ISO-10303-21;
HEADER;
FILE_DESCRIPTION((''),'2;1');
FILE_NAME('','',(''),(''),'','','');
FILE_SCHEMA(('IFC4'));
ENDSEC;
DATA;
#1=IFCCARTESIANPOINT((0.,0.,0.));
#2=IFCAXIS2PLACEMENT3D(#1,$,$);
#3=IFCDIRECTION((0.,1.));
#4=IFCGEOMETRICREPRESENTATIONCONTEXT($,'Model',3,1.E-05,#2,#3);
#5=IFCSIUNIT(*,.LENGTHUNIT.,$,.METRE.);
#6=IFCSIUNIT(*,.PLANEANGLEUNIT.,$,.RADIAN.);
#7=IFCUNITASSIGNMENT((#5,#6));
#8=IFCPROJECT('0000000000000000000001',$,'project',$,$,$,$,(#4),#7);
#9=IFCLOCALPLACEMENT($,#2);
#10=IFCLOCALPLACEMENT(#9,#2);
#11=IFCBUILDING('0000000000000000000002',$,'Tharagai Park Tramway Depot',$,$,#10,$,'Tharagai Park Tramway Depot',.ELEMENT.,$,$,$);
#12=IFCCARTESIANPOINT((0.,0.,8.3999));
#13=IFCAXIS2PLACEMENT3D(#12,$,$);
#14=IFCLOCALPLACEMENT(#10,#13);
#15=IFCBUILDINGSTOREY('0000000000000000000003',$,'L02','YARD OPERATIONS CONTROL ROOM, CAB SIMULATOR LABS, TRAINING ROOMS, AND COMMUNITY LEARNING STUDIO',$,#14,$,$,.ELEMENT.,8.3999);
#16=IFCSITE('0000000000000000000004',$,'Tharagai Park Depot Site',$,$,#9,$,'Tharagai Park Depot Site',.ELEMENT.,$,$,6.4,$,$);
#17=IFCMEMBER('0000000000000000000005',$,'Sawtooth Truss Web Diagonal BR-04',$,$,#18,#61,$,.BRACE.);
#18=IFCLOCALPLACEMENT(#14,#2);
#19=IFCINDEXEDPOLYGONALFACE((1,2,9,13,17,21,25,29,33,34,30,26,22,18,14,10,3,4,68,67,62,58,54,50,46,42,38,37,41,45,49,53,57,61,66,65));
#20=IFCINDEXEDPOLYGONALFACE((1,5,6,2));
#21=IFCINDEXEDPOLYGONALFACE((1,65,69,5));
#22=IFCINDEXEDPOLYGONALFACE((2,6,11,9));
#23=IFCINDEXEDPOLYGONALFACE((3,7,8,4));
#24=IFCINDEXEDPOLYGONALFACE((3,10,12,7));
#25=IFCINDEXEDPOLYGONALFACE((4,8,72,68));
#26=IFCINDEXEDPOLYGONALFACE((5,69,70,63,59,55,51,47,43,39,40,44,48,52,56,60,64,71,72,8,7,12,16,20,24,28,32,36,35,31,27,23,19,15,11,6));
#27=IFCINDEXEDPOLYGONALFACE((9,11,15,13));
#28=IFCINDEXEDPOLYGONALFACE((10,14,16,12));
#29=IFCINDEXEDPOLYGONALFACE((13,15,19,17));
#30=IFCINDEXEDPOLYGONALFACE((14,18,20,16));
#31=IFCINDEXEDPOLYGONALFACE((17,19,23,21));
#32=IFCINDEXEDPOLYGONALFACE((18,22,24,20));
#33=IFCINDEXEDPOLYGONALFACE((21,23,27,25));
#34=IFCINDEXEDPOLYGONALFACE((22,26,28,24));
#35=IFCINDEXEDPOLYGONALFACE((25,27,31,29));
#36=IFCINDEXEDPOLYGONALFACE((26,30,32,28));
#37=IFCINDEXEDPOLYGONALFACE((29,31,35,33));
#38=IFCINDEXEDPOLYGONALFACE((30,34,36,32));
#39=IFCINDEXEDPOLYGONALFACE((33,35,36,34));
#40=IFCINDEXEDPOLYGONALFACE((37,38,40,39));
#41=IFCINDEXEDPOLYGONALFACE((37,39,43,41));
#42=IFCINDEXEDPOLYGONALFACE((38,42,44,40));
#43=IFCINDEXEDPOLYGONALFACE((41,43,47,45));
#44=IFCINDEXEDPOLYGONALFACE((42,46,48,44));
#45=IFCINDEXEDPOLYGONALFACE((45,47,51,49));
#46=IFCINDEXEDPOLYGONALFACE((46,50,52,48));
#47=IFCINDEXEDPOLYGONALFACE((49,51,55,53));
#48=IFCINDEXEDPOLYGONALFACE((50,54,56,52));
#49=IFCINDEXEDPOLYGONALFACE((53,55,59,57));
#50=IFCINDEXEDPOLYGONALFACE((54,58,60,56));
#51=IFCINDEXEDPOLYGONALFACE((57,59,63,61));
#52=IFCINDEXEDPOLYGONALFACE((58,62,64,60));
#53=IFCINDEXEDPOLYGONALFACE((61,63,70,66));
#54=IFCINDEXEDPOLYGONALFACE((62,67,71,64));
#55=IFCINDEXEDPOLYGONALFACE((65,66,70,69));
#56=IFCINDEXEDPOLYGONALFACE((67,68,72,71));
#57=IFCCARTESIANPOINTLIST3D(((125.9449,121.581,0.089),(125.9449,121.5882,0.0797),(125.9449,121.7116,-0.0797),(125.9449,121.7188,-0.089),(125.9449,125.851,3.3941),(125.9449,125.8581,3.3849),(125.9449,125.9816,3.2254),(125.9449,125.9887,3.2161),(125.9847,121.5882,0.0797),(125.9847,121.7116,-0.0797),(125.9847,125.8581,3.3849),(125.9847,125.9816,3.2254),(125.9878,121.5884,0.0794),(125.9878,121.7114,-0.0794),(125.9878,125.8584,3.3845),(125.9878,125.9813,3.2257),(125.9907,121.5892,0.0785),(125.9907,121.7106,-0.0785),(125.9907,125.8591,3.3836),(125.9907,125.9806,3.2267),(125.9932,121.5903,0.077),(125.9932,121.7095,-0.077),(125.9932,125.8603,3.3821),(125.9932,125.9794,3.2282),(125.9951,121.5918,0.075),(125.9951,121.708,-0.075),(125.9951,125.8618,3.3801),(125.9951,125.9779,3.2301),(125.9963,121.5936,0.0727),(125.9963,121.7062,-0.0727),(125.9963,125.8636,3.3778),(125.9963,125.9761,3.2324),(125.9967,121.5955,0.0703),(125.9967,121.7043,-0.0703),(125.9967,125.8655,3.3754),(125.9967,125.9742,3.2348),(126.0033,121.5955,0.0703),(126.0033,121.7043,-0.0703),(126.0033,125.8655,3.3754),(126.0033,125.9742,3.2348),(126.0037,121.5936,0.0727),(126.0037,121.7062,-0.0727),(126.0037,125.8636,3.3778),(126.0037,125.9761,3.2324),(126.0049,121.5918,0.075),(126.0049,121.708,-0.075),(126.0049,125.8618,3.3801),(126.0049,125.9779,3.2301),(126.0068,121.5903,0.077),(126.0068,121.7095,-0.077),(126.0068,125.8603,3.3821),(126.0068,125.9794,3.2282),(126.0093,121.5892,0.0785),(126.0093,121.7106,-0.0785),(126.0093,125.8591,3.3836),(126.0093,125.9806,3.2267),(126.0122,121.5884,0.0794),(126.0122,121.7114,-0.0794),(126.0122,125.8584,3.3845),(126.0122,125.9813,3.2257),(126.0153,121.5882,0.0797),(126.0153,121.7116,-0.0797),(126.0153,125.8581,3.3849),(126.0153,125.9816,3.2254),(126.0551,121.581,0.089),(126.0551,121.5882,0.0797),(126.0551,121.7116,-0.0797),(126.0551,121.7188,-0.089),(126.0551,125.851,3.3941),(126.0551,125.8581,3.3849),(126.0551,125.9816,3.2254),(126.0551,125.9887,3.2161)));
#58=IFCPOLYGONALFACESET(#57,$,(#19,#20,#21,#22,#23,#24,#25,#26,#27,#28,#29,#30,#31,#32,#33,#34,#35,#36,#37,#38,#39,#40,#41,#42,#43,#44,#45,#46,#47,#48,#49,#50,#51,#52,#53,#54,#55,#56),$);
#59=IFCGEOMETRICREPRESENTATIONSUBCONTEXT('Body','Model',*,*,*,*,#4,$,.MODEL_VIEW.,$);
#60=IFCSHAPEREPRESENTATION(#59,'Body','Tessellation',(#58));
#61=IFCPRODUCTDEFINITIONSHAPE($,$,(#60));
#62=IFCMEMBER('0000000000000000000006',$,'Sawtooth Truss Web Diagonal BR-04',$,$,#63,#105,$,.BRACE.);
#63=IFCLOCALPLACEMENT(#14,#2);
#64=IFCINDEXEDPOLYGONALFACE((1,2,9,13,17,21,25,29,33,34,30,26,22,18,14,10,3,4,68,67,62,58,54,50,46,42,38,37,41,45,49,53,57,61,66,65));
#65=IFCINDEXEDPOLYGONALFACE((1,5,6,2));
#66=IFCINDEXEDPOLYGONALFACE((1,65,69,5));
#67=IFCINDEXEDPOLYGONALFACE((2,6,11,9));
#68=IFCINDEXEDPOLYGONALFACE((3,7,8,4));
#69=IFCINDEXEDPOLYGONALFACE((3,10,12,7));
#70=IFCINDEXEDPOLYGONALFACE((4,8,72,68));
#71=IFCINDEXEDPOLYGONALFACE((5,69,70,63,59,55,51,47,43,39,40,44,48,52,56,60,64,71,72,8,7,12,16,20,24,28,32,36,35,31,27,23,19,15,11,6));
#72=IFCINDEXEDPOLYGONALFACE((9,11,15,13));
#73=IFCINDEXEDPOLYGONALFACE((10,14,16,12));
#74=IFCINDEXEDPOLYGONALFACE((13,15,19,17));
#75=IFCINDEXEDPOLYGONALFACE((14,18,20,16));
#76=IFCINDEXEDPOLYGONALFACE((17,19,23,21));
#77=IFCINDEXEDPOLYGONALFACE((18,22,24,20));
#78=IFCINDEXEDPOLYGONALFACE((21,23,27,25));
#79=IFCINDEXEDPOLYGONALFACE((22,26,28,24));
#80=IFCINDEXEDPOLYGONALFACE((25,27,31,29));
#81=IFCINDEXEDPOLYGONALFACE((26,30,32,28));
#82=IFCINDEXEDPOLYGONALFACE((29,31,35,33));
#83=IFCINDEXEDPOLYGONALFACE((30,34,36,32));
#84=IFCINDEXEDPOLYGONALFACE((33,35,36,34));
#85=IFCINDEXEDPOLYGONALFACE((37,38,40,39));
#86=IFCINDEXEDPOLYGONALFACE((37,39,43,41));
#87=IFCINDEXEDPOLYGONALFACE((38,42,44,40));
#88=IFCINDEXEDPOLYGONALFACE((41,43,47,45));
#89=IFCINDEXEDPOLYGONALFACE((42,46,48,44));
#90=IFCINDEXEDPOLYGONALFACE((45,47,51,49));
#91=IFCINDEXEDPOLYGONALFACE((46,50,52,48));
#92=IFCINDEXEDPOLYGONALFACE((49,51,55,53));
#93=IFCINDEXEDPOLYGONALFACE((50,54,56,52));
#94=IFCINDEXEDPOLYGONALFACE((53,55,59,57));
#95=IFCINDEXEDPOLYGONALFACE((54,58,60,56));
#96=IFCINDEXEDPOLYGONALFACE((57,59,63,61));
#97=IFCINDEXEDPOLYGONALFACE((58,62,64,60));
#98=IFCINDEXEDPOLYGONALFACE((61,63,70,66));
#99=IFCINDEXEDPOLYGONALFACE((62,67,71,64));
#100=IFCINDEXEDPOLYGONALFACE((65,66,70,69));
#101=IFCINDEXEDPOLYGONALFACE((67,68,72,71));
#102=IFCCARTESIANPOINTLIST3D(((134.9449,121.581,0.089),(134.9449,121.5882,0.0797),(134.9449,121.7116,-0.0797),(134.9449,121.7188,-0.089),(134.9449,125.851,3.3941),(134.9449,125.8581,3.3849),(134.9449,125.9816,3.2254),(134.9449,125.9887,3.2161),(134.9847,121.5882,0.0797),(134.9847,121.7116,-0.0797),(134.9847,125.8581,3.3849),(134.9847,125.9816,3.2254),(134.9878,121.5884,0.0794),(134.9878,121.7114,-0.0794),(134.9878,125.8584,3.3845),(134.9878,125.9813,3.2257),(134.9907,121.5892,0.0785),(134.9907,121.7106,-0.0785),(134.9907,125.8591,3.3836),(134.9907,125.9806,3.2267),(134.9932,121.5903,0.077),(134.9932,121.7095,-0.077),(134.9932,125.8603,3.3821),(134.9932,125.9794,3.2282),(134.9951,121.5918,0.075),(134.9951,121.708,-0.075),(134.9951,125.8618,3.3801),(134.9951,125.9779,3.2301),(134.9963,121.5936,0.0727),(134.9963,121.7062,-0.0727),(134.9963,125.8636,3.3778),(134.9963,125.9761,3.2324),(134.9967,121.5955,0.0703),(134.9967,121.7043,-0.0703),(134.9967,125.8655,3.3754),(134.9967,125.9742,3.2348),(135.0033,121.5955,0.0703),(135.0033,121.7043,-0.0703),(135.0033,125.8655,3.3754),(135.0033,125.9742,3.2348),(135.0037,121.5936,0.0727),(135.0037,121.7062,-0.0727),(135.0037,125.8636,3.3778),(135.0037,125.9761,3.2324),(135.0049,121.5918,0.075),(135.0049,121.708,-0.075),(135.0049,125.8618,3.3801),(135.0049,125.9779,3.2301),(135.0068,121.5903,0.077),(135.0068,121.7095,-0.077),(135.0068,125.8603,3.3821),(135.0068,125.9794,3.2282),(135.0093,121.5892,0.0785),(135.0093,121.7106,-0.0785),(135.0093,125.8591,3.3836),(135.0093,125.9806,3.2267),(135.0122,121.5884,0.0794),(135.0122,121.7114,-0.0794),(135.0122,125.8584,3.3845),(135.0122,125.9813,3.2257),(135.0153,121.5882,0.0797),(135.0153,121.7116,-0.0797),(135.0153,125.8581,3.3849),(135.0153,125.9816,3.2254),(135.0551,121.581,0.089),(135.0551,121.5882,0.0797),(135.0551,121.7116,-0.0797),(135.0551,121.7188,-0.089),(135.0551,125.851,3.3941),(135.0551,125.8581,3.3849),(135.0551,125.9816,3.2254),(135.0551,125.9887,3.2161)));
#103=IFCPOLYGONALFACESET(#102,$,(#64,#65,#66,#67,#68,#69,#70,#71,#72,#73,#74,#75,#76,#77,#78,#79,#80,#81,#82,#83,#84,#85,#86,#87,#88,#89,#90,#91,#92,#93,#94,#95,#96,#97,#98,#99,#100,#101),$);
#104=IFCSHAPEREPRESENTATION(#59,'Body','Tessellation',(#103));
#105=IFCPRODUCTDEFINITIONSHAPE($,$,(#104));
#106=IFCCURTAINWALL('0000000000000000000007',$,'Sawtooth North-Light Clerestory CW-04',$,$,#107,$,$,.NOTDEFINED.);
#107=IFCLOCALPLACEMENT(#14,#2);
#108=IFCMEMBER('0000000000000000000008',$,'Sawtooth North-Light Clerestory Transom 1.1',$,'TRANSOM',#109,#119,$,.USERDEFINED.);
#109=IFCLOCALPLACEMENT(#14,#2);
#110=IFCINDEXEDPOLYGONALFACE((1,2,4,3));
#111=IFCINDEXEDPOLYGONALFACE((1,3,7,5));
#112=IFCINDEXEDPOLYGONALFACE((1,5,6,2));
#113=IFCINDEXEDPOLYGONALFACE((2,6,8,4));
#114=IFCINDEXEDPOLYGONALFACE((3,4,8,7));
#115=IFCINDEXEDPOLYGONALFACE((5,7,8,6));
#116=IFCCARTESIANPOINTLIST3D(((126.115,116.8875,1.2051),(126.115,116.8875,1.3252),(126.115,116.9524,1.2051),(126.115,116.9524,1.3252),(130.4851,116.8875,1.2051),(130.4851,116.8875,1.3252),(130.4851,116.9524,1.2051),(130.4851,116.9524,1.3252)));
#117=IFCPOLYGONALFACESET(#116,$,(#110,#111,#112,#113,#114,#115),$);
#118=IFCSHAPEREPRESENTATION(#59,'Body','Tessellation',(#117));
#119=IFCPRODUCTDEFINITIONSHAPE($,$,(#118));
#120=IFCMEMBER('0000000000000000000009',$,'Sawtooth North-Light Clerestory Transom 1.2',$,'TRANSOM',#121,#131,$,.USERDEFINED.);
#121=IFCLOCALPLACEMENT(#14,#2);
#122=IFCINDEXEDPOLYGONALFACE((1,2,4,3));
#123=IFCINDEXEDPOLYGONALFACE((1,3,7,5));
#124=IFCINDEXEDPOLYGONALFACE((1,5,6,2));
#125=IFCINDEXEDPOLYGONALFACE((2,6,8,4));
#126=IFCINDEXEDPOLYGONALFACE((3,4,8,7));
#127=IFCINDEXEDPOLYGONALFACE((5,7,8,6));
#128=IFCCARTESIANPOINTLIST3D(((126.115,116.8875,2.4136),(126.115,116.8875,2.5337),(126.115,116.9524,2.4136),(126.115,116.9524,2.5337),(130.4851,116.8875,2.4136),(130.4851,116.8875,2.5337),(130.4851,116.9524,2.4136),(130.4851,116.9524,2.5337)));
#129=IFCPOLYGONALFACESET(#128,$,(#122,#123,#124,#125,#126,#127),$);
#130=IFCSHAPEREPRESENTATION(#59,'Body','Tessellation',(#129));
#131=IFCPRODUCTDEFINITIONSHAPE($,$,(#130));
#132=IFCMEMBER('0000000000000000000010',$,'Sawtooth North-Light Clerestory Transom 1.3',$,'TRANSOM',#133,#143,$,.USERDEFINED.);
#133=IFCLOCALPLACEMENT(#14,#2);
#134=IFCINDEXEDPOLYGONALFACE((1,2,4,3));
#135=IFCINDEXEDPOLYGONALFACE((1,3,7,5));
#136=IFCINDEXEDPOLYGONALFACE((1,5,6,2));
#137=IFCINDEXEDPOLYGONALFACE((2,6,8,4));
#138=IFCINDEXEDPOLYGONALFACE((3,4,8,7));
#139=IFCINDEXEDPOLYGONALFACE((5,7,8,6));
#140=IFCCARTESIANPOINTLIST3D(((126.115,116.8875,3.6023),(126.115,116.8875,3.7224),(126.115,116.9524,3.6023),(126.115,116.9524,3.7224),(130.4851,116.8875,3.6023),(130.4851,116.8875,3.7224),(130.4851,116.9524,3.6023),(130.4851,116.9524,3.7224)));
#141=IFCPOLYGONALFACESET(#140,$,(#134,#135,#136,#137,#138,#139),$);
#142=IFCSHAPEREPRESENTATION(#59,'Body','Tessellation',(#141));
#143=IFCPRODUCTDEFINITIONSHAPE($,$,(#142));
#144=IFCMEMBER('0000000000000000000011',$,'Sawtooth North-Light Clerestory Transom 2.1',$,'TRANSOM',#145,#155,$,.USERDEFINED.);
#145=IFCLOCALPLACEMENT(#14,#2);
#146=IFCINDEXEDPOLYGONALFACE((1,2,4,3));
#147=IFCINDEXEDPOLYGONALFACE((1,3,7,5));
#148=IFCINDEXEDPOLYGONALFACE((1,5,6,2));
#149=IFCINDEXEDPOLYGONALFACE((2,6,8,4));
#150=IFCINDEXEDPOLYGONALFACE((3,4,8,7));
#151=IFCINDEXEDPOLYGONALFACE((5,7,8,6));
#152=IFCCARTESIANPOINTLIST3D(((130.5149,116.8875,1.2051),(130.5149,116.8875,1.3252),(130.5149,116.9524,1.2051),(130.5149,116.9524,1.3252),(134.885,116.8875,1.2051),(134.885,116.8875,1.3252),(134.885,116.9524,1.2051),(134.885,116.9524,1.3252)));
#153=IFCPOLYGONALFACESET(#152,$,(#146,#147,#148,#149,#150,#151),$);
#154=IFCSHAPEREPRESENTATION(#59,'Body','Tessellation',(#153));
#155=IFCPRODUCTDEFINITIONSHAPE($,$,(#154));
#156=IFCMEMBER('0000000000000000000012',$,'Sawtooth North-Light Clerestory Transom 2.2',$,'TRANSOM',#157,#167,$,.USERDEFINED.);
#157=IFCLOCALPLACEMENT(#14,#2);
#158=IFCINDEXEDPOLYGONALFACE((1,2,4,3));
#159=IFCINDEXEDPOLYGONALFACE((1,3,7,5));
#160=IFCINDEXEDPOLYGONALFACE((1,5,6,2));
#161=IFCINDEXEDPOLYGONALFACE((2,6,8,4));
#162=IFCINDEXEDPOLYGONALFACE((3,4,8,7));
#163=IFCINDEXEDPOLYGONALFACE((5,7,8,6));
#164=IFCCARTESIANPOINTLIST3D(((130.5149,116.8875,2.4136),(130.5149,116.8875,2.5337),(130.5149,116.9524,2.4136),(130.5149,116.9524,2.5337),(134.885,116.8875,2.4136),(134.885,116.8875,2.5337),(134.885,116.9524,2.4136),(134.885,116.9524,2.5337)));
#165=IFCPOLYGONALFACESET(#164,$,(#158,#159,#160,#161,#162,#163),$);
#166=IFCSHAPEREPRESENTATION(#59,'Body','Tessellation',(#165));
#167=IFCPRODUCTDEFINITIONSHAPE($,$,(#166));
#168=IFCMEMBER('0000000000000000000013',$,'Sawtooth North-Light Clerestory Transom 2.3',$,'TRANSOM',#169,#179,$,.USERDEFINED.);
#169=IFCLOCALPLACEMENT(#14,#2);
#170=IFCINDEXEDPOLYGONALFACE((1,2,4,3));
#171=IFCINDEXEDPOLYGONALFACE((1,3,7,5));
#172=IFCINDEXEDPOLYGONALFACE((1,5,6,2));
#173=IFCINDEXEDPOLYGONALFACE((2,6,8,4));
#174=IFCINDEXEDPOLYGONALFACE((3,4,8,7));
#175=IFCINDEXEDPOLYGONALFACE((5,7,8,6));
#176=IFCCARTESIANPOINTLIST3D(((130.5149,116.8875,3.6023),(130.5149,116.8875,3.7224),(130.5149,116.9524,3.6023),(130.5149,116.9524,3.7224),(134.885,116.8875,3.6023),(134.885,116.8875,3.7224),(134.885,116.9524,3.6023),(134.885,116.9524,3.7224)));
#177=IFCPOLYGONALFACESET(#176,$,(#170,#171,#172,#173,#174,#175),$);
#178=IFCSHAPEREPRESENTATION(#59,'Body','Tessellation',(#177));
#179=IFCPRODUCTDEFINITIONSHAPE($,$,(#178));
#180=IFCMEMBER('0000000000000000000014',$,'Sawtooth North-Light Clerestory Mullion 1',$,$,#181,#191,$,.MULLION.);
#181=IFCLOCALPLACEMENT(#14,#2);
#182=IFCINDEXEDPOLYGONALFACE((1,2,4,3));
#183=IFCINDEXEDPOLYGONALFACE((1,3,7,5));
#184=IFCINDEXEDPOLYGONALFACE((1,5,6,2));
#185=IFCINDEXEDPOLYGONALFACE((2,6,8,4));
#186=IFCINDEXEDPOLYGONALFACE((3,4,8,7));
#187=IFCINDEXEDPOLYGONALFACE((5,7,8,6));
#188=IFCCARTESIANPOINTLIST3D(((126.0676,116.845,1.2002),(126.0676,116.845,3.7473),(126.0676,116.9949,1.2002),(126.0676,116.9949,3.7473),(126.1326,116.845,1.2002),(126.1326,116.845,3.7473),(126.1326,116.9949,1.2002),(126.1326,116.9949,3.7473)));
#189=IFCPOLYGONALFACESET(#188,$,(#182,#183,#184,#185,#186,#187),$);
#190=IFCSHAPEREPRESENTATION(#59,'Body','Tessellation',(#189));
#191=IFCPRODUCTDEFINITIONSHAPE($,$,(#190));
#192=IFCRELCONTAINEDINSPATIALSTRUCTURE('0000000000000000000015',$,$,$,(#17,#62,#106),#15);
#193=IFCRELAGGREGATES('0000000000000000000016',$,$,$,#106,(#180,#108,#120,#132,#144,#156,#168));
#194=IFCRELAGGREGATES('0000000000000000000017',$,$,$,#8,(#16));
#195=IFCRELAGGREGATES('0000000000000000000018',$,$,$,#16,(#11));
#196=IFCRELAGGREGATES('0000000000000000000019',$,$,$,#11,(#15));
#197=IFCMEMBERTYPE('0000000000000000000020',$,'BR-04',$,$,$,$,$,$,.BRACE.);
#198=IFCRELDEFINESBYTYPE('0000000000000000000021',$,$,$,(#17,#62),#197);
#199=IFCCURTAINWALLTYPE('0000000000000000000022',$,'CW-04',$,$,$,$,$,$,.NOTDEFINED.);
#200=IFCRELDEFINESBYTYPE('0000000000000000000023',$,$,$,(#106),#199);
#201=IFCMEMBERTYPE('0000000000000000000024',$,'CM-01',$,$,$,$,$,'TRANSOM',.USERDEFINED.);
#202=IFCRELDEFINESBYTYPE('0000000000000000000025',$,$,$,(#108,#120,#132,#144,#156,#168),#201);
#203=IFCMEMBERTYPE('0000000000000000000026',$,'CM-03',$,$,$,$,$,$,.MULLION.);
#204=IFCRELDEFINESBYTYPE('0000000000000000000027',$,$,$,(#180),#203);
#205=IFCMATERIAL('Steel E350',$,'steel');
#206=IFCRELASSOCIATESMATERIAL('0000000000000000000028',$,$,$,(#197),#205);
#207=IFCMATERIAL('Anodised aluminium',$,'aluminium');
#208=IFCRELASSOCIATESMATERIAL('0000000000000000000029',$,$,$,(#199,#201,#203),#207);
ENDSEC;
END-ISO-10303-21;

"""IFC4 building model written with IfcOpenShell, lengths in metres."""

from ifc_helpers import new_model, si_unit, direction, frame, origin, origin_2d, place, context, subcontext, project, spatial, rectangle, i_section, extrude, material, material_profile, profile_set, type_object, element, aggregate, save


model = new_model("IFC4")

# Units and contexts
model_context = context("Model", 3, precision=1e-05, world=origin(), true_north=direction((0.0, 1.0)))
body_context = subcontext(model_context, "Body", "Model", "MODEL_VIEW")
ifc_project = project(units=[si_unit("LENGTHUNIT", "METRE"), si_unit("PLANEANGLEUNIT", "RADIAN")], contexts=[model_context])

# Site, building, storey
site_placement = place(None, origin())
site = spatial("IfcSite", under=ifc_project, at=site_placement, Name="Tharagai Park Depot Site", LongName="Tharagai Park Depot Site", CompositionType="ELEMENT", RefElevation=6.4)
building_placement = place(site_placement, origin())
building = spatial("IfcBuilding", under=site, at=building_placement, Name="Tharagai Park Tramway Depot", LongName="Tharagai Park Tramway Depot", CompositionType="ELEMENT")
storey_placement = place(building_placement, frame((0.0, 0.0, 8.3999)))
storey = spatial("IfcBuildingStorey", under=building, at=storey_placement, Name="L02", Description="YARD OPERATIONS CONTROL ROOM, CAB SIMULATOR LABS, TRAINING ROOMS, AND COMMUNITY LEARNING STUDIO", CompositionType="ELEMENT", Elevation=8.3999)

# Shared definitions
ifc_material_1 = material(Name="Steel E350", Category="steel")

# Members
ifc_material_profile_1 = material_profile(ifc_material_1, i_section(OverallWidth=0.1101, OverallDepth=0.2251, WebThickness=0.0066, FlangeThickness=0.0117, FilletRadius=0.012, at=origin_2d()), Name="ISMB 225")
ifc_profile_set_1 = profile_set([ifc_material_profile_1], Name="Steel E350")
member_type_1 = type_object("IfcMemberType", Name="BR-04", PredefinedType="BRACE", material=ifc_profile_set_1)
for number, where, z_axis, x_axis, name in (
    (1, (126.0, 121.6499, 0.0), (0.0, 0.790782, 0.612098), (-1.0, 0.0, 0.0), "Sawtooth Truss Web Diagonal BR-04"),
    (2, (135.0, 121.6499, 0.0), (0.0, 0.790782, 0.612098), (-1.0, 0.0, 0.0), "Sawtooth Truss Web Diagonal BR-04"),
):
    element("IfcMember", number, at=place(storey_placement, frame(where, z_axis=z_axis, x_axis=x_axis)), inside=storey, type_object=member_type_1, Name=name, PredefinedType="BRACE", context=body_context, shape_type="SweptSolid", body=[
        extrude(i_section(OverallWidth=0.1101, OverallDepth=0.2251, WebThickness=0.0066, FlangeThickness=0.0117, FilletRadius=0.012, at=origin_2d()), origin(), (0.0, 0.0, 1.0), 5.3997),
    ])

# Curtain wall, members
ifc_material_2 = material(Name="Anodised aluminium", Category="aluminium")
curtain_wall_type = type_object("IfcCurtainWallType", Name="CW-04", PredefinedType="NOTDEFINED", material=ifc_material_2)
curtain_wall_placement = place(storey_placement, origin())
curtain_wall = element("IfcCurtainWall", 3, at=curtain_wall_placement, inside=storey, type_object=curtain_wall_type, Name="Sawtooth North-Light Clerestory CW-04", PredefinedType="NOTDEFINED")
ifc_material_profile_2 = material_profile(ifc_material_2, rectangle(XDim=0.0649, YDim=0.1201, at=origin_2d()), Name="ALU 65x120")
ifc_profile_set_2 = profile_set([ifc_material_profile_2], Name="Anodised aluminium")
member_type_2 = type_object("IfcMemberType", Name="CM-01", ElementType="TRANSOM", PredefinedType="USERDEFINED", material=ifc_profile_set_2)
member_1_placement = place(storey_placement, frame((126.115, 116.9199, 1.2651), z_axis=(1.0, 0.0, 0.0), x_axis=(0.0, 1.0, 0.0)))
member_1 = element("IfcMember", 4, at=member_1_placement, type_object=member_type_2, Name="Sawtooth North-Light Clerestory Transom 1.1", ObjectType="TRANSOM", PredefinedType="USERDEFINED", context=body_context, shape_type="SweptSolid", body=[
    extrude(rectangle(XDim=0.0649, YDim=0.1201, at=origin_2d()), origin(), (0.0, 0.0, 1.0), 4.3701),
])
member_2_placement = place(storey_placement, frame((126.115, 116.9199, 2.4736), z_axis=(1.0, 0.0, 0.0), x_axis=(0.0, 1.0, 0.0)))
member_2 = element("IfcMember", 5, at=member_2_placement, type_object=member_type_2, Name="Sawtooth North-Light Clerestory Transom 1.2", ObjectType="TRANSOM", PredefinedType="USERDEFINED", context=body_context, shape_type="SweptSolid", body=[
    extrude(rectangle(XDim=0.0649, YDim=0.1201, at=origin_2d()), origin(), (0.0, 0.0, 1.0), 4.3701),
])
member_3_placement = place(storey_placement, frame((126.115, 116.9199, 3.6624), z_axis=(1.0, 0.0, 0.0), x_axis=(0.0, 1.0, 0.0)))
member_3 = element("IfcMember", 6, at=member_3_placement, type_object=member_type_2, Name="Sawtooth North-Light Clerestory Transom 1.3", ObjectType="TRANSOM", PredefinedType="USERDEFINED", context=body_context, shape_type="SweptSolid", body=[
    extrude(rectangle(XDim=0.0649, YDim=0.1201, at=origin_2d()), origin(), (0.0, 0.0, 1.0), 4.3701),
])
member_4_placement = place(storey_placement, frame((130.5149, 116.9199, 1.2651), z_axis=(1.0, 0.0, 0.0), x_axis=(0.0, 1.0, 0.0)))
member_4 = element("IfcMember", 7, at=member_4_placement, type_object=member_type_2, Name="Sawtooth North-Light Clerestory Transom 2.1", ObjectType="TRANSOM", PredefinedType="USERDEFINED", context=body_context, shape_type="SweptSolid", body=[
    extrude(rectangle(XDim=0.0649, YDim=0.1201, at=origin_2d()), origin(), (0.0, 0.0, 1.0), 4.3701),
])
member_5_placement = place(storey_placement, frame((130.5149, 116.9199, 2.4736), z_axis=(1.0, 0.0, 0.0), x_axis=(0.0, 1.0, 0.0)))
member_5 = element("IfcMember", 8, at=member_5_placement, type_object=member_type_2, Name="Sawtooth North-Light Clerestory Transom 2.2", ObjectType="TRANSOM", PredefinedType="USERDEFINED", context=body_context, shape_type="SweptSolid", body=[
    extrude(rectangle(XDim=0.0649, YDim=0.1201, at=origin_2d()), origin(), (0.0, 0.0, 1.0), 4.3701),
])
member_6_placement = place(storey_placement, frame((130.5149, 116.9199, 3.6624), z_axis=(1.0, 0.0, 0.0), x_axis=(0.0, 1.0, 0.0)))
member_6 = element("IfcMember", 9, at=member_6_placement, type_object=member_type_2, Name="Sawtooth North-Light Clerestory Transom 2.3", ObjectType="TRANSOM", PredefinedType="USERDEFINED", context=body_context, shape_type="SweptSolid", body=[
    extrude(rectangle(XDim=0.0649, YDim=0.1201, at=origin_2d()), origin(), (0.0, 0.0, 1.0), 4.3701),
])
ifc_material_profile_3 = material_profile(ifc_material_2, rectangle(XDim=0.0649, YDim=0.1499, at=origin_2d()), Name="ALU 65x150")
ifc_profile_set_3 = profile_set([ifc_material_profile_3], Name="Anodised aluminium")
member_type_3 = type_object("IfcMemberType", Name="CM-03", PredefinedType="MULLION", material=ifc_profile_set_3)
member_7_placement = place(storey_placement, frame((126.1001, 116.9199, 1.2002), z_axis=(0.0, 0.0, 1.0), x_axis=(1.0, 0.0, 0.0)))
member_7 = element("IfcMember", 10, at=member_7_placement, type_object=member_type_3, Name="Sawtooth North-Light Clerestory Mullion 1", PredefinedType="MULLION", context=body_context, shape_type="SweptSolid", body=[
    extrude(rectangle(XDim=0.0649, YDim=0.1499, at=origin_2d()), origin(), (0.0, 0.0, 1.0), 2.5471),
])

aggregate(curtain_wall, [member_7, member_1, member_2, member_3, member_4, member_5, member_6])

save(model, "model.ifc")
